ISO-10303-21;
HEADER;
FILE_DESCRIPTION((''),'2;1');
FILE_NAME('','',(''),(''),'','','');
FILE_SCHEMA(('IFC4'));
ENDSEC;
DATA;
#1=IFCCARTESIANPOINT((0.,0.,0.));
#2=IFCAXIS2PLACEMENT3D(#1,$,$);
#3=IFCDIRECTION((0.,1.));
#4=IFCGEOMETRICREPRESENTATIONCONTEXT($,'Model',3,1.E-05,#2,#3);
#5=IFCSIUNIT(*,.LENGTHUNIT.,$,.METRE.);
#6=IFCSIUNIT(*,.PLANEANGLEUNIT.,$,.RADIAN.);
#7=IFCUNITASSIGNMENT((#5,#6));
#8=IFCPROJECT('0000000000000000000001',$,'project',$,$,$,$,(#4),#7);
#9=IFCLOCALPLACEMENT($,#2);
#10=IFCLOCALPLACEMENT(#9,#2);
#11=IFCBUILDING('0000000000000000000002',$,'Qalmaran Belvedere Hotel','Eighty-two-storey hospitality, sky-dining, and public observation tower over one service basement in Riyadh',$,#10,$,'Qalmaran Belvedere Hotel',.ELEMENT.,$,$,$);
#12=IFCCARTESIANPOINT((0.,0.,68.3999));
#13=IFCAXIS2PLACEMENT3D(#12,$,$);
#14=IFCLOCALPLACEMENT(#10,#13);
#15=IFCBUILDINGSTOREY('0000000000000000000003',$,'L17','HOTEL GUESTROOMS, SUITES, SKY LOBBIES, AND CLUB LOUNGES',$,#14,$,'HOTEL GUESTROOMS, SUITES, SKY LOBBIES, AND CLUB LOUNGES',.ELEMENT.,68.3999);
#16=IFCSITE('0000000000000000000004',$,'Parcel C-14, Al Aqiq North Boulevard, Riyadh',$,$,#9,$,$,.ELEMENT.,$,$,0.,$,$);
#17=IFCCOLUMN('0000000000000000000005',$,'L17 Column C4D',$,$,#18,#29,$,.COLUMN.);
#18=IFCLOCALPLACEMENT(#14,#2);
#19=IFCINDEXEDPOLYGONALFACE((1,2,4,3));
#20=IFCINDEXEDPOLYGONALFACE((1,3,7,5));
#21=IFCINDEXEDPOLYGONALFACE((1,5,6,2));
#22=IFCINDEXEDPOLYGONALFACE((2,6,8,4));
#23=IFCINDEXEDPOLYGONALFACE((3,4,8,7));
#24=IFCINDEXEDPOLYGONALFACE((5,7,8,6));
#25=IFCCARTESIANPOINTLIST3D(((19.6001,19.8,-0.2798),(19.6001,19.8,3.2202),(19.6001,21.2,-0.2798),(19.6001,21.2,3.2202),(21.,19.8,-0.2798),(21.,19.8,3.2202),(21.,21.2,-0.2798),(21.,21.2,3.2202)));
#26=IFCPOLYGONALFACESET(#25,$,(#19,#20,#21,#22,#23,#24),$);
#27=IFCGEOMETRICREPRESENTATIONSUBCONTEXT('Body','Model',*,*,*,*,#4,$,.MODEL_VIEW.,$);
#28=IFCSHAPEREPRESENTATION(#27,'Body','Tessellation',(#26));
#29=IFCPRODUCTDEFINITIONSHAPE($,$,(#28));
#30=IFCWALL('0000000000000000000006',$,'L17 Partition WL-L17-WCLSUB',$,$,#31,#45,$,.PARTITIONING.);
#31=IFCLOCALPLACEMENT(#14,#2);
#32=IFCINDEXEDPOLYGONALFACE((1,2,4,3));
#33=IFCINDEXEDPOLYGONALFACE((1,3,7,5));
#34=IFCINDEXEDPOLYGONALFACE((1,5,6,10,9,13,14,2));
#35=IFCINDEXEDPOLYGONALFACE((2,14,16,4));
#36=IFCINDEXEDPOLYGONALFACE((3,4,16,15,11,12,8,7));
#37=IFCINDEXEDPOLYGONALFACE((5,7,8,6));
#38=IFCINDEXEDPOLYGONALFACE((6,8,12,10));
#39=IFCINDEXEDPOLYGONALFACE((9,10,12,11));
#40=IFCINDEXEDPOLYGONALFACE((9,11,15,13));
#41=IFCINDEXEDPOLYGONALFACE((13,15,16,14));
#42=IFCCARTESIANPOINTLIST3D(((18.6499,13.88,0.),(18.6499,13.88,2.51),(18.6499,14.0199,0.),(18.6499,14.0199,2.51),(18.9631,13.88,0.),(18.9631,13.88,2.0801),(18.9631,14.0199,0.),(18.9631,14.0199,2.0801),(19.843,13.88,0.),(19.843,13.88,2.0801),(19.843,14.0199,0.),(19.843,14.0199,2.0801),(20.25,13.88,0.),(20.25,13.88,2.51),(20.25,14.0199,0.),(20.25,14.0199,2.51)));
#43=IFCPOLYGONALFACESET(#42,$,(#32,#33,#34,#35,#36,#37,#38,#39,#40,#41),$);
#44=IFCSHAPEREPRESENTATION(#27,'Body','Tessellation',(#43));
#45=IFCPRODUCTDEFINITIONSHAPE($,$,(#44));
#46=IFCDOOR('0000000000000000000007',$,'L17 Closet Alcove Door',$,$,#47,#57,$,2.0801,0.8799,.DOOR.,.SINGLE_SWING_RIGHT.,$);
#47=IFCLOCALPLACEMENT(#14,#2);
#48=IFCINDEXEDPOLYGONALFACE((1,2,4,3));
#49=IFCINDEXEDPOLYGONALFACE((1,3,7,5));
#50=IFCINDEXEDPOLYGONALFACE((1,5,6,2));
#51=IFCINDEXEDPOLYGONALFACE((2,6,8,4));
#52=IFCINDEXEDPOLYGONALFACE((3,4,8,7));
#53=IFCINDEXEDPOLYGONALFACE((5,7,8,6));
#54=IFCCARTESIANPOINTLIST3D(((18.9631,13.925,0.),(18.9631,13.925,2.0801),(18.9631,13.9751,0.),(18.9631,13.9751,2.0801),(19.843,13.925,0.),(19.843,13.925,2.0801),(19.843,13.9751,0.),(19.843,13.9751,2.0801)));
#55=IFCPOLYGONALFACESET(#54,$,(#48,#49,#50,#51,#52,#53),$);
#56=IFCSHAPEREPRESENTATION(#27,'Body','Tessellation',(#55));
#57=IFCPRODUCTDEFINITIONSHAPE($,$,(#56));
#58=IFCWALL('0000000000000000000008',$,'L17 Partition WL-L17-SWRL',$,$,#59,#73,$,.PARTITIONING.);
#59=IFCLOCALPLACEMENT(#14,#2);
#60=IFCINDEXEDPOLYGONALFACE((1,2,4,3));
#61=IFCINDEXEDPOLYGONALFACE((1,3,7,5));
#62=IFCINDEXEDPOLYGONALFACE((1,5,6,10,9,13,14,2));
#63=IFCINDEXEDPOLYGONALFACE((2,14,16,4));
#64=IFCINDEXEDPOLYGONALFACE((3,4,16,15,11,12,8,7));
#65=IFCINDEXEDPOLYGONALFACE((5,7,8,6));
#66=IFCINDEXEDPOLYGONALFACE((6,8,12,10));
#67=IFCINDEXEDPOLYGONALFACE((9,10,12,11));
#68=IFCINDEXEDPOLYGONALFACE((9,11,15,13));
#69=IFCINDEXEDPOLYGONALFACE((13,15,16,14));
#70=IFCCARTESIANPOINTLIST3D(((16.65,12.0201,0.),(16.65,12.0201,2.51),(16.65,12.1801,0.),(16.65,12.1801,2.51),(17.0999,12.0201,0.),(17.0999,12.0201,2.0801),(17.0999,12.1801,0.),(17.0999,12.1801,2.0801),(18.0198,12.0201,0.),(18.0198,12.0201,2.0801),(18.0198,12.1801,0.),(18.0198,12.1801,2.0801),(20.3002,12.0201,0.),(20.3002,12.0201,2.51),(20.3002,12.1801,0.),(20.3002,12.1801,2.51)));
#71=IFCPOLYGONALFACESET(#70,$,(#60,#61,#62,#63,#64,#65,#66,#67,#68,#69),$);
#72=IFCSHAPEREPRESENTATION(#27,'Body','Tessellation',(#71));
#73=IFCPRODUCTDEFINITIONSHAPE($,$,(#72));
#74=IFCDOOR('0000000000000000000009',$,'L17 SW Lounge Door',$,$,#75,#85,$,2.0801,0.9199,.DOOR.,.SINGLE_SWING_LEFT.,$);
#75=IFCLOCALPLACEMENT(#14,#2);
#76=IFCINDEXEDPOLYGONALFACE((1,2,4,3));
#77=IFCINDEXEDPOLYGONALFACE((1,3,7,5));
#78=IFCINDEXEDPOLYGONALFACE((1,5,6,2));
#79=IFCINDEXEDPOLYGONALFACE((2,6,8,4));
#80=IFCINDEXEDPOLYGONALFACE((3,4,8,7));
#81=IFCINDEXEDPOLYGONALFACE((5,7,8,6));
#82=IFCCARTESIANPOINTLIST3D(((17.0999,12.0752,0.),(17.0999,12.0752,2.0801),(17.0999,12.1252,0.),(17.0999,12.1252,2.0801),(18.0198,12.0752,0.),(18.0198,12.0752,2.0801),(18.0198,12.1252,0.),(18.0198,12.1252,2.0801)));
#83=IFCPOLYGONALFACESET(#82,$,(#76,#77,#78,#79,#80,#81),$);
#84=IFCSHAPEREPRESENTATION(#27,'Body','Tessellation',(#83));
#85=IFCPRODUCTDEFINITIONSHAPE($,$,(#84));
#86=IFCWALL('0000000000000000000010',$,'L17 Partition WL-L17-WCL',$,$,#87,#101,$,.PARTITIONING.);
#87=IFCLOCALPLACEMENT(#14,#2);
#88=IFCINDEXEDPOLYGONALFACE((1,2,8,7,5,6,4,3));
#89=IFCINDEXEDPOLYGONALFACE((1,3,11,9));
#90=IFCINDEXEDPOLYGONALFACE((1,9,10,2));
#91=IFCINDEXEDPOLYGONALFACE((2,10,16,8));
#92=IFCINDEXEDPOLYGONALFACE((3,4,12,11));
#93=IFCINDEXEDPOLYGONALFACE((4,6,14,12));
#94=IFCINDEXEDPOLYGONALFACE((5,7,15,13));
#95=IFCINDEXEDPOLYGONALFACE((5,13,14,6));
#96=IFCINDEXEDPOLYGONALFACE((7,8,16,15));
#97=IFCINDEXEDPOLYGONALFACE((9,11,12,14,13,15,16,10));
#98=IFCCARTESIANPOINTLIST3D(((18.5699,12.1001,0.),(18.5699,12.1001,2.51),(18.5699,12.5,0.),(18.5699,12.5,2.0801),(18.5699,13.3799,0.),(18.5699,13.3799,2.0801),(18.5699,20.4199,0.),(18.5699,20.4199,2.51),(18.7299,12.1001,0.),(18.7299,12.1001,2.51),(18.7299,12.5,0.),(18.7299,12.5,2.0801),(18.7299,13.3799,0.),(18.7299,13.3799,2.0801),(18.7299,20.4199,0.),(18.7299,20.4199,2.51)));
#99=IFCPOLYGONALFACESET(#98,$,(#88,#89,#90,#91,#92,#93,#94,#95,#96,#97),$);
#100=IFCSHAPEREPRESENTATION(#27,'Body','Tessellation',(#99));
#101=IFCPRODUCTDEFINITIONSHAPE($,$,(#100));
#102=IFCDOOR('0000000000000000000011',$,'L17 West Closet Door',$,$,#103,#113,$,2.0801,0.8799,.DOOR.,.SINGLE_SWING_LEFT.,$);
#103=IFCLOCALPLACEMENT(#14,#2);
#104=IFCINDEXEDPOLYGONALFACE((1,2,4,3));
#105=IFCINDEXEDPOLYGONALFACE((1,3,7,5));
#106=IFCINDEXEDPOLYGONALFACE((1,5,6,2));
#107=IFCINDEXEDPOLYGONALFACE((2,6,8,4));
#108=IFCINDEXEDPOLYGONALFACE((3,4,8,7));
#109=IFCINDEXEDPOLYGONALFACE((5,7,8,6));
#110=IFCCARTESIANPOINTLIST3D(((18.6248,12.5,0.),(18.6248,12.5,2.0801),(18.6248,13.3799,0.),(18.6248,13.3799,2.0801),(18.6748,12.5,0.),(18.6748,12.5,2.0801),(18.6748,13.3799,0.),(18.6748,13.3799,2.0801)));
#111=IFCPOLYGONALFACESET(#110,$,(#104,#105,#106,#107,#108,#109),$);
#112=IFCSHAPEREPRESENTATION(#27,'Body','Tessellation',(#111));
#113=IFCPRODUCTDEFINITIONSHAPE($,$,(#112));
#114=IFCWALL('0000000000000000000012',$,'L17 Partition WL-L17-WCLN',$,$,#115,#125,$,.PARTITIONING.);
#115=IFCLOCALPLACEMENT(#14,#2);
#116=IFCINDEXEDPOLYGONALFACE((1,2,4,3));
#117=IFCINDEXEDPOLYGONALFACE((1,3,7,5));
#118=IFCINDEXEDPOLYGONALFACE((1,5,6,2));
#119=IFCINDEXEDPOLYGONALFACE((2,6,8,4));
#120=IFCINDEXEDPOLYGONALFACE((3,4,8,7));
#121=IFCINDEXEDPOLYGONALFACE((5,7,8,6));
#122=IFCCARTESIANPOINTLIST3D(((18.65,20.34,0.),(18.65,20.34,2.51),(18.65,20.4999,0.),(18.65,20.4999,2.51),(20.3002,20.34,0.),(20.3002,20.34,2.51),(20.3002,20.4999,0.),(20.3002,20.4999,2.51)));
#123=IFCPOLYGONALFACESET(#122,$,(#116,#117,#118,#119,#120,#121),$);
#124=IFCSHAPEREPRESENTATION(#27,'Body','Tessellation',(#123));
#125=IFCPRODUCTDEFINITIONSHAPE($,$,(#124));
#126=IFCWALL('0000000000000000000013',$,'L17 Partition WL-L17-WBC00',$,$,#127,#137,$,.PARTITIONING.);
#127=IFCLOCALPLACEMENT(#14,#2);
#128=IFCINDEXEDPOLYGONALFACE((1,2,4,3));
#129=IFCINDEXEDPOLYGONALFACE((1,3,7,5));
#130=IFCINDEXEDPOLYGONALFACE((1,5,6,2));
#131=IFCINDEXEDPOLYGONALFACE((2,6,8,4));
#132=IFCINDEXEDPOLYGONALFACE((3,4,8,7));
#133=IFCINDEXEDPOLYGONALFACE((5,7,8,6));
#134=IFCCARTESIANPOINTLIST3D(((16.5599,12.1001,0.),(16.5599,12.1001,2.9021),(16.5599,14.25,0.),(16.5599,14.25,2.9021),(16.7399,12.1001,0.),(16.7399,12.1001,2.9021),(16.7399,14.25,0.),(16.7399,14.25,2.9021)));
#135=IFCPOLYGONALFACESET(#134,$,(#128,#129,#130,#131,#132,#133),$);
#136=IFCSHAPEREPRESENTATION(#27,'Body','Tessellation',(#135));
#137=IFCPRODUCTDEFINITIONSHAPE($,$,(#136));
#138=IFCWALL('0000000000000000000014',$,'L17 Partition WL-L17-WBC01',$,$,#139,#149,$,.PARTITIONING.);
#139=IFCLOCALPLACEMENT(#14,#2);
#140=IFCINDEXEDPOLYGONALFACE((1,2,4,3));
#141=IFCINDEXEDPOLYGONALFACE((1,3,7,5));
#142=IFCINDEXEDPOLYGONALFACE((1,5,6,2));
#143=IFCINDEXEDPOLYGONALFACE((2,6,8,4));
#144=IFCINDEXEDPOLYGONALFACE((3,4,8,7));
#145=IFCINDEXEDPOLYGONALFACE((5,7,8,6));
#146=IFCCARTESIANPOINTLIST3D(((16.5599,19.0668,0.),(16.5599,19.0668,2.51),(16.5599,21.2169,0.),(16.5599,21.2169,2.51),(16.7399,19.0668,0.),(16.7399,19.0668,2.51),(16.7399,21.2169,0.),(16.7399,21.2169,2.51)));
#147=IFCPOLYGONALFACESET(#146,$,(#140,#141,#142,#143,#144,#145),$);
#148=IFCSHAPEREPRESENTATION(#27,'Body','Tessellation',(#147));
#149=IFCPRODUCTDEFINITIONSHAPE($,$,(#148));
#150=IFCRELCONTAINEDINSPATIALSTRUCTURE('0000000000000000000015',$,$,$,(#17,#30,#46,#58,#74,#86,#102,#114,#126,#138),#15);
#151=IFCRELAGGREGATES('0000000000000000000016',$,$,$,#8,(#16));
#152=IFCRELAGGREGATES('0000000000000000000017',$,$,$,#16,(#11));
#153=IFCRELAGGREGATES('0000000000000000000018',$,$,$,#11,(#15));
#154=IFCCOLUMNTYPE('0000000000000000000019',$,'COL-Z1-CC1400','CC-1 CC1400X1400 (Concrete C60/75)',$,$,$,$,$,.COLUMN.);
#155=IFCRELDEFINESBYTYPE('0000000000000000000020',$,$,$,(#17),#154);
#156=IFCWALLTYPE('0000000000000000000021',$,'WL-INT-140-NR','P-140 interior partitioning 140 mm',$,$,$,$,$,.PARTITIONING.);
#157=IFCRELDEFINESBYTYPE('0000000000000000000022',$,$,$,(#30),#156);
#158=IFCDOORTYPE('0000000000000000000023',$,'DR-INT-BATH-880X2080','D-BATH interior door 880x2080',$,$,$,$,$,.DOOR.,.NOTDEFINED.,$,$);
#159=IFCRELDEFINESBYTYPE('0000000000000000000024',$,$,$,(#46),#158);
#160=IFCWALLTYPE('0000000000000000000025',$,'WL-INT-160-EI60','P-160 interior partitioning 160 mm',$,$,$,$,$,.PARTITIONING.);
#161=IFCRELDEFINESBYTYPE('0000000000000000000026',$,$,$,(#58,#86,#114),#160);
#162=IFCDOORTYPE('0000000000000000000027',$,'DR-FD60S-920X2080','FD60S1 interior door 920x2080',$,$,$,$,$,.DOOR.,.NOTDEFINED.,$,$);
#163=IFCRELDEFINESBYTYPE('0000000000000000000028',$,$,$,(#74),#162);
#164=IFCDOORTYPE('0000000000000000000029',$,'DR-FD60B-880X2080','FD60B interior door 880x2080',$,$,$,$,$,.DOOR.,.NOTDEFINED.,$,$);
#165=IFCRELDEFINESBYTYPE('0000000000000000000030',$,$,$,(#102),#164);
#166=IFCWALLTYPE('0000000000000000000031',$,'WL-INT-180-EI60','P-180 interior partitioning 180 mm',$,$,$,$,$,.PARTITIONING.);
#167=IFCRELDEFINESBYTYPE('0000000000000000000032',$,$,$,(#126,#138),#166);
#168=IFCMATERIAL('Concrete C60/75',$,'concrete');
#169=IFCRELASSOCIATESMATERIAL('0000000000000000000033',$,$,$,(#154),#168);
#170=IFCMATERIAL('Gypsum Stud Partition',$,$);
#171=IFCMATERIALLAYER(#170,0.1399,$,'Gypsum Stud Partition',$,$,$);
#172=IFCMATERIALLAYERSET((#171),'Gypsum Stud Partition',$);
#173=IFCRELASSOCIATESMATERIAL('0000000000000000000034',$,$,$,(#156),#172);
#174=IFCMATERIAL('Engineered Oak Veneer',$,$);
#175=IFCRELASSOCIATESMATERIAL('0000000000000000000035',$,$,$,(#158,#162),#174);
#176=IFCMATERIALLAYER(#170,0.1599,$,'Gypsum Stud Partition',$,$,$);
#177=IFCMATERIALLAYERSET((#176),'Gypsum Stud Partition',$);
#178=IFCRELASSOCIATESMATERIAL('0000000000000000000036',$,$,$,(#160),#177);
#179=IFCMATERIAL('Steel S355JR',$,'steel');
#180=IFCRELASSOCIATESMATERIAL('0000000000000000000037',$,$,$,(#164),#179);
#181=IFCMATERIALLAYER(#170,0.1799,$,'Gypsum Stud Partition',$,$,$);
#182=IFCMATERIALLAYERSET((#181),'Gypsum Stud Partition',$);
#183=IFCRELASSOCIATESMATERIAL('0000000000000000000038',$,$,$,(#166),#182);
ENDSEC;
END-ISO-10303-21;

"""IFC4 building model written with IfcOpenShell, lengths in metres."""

from ifc_helpers import new_model, si_unit, direction, frame, frame_2d, origin, origin_2d, place, context, subcontext, project, spatial, rectangle, extrude, material, layer, layer_set, material_profile, profile_set, type_object, element, fill, save


model = new_model("IFC4")

# Units and contexts
model_context = context("Model", 3, precision=1e-05, world=origin(), true_north=direction((0.0, 1.0)))
body_context = subcontext(model_context, "Body", "Model", "MODEL_VIEW")
ifc_project = project(units=[si_unit("LENGTHUNIT", "METRE"), si_unit("PLANEANGLEUNIT", "RADIAN")], contexts=[model_context])

# Site, building, storey
site_placement = place(None, origin())
site = spatial("IfcSite", under=ifc_project, at=site_placement, Name="Parcel C-14, Al Aqiq North Boulevard, Riyadh", CompositionType="ELEMENT", RefElevation=0.0)
building_placement = place(site_placement, origin())
building = spatial("IfcBuilding", under=site, at=building_placement, Name="Qalmaran Belvedere Hotel", Description="Eighty-two-storey hospitality, sky-dining, and public observation tower over one service basement in Riyadh", LongName="Qalmaran Belvedere Hotel", CompositionType="ELEMENT")
storey_placement = place(building_placement, frame((0.0, 0.0, 68.3999)))
storey = spatial("IfcBuildingStorey", under=building, at=storey_placement, Name="L17", Description="HOTEL GUESTROOMS, SUITES, SKY LOBBIES, AND CLUB LOUNGES", LongName="HOTEL GUESTROOMS, SUITES, SKY LOBBIES, AND CLUB LOUNGES", CompositionType="ELEMENT", Elevation=68.3999)

# Column
ifc_material_1 = material(Name="Concrete C60/75", Category="concrete")
ifc_material_profile = material_profile(ifc_material_1, rectangle(XDim=1.3999, YDim=1.3999, at=origin_2d()), Name="CC1400X1400")
ifc_profile_set = profile_set([ifc_material_profile], Name="Concrete C60/75")
column_type = type_object("IfcColumnType", Name="COL-Z1-CC1400", Description="CC-1 CC1400X1400 (Concrete C60/75)", PredefinedType="COLUMN", material=ifc_profile_set)
column_placement = place(storey_placement, frame((20.3, 20.5, -0.2798), z_axis=(0.0, 0.0, 1.0), x_axis=(1.0, 0.0, 0.0)))
element("IfcColumn", 1, at=column_placement, inside=storey, type_object=column_type, Name="L17 Column C4D", PredefinedType="COLUMN", context=body_context, shape_type="SweptSolid", body=[
    extrude(rectangle(XDim=1.3999, YDim=1.3999, at=origin_2d()), origin(), (0.0, 0.0, 1.0), 3.5),
])

# Walls, openings, doors
ifc_material_2 = material(Name="Gypsum Stud Partition")
ifc_layer_1 = layer(ifc_material_2, 0.1399, Name="Gypsum Stud Partition")
ifc_layer_set_1 = layer_set([ifc_layer_1], Name="Gypsum Stud Partition")
wall_type_1 = type_object("IfcWallType", Name="WL-INT-140-NR", Description="P-140 interior partitioning 140 mm", PredefinedType="PARTITIONING", material=ifc_layer_set_1)
wall_1_placement = place(storey_placement, frame((18.6499, 13.95, 0.0), z_axis=(0.0, 0.0, 1.0), x_axis=(1.0, 0.0, 0.0)))
wall_1 = element("IfcWall", 2, at=wall_1_placement, inside=storey, type_object=wall_type_1, Name="L17 Partition WL-L17-WCLSUB", PredefinedType="PARTITIONING", context=body_context, shape_type="SweptSolid", body=[
    extrude(rectangle(XDim=1.6001, YDim=0.1399, at=frame_2d((0.8, 0.0))), origin(), (0.0, 0.0, 1.0), 2.51),
])
opening_1_placement = place(wall_1_placement, frame((1.1931, 0.0, 0.0), z_axis=(0.0, 0.0, 1.0), x_axis=(-1.0, 0.0, 0.0)))
opening_1 = element("IfcOpeningElement", 3, at=opening_1_placement, cuts=wall_1, PredefinedType="OPENING", context=body_context, shape_type="SweptSolid", body=[
    extrude(rectangle(XDim=0.8799, YDim=2.0801, at=frame_2d((0.4399, 1.04))), frame((0.0, 0.0801, 0.0), z_axis=(0.0, -1.0, 0.0), x_axis=(1.0, 0.0, 0.0)), (0.0, 0.0, 1.0), 0.1599),
])
ifc_material_3 = material(Name="Engineered Oak Veneer")
door_type_1 = type_object("IfcDoorType", Name="DR-INT-BATH-880X2080", Description="D-BATH interior door 880x2080", OperationType="NOTDEFINED", PredefinedType="DOOR", material=ifc_material_3)
door_1_placement = place(opening_1_placement, origin())
door_1 = element("IfcDoor", 4, at=door_1_placement, inside=storey, type_object=door_type_1, Name="L17 Closet Alcove Door", OperationType="SINGLE_SWING_RIGHT", OverallHeight=2.0801, OverallWidth=0.8799, PredefinedType="DOOR", context=body_context, shape_type="SweptSolid", body=[
    extrude(rectangle(XDim=0.8799, YDim=2.0801, at=frame_2d((0.4399, 1.04))), frame((0.0, 0.0249, 0.0), z_axis=(0.0, -1.0, 0.0), x_axis=(1.0, 0.0, 0.0)), (0.0, 0.0, 1.0), 0.05),
])
fill(opening_1, door_1)
ifc_layer_2 = layer(ifc_material_2, 0.1599, Name="Gypsum Stud Partition")
ifc_layer_set_2 = layer_set([ifc_layer_2], Name="Gypsum Stud Partition")
wall_type_2 = type_object("IfcWallType", Name="WL-INT-160-EI60", Description="P-160 interior partitioning 160 mm", PredefinedType="PARTITIONING", material=ifc_layer_set_2)
wall_2_placement = place(storey_placement, frame((16.6499, 12.1001, 0.0), z_axis=(0.0, 0.0, 1.0), x_axis=(1.0, 0.0, 0.0)))
wall_2 = element("IfcWall", 5, at=wall_2_placement, inside=storey, type_object=wall_type_2, Name="L17 Partition WL-L17-SWRL", PredefinedType="PARTITIONING", context=body_context, shape_type="SweptSolid", body=[
    extrude(rectangle(XDim=3.6501, YDim=0.1599, at=frame_2d((1.8252, 0.0))), origin(), (0.0, 0.0, 1.0), 2.51),
])
opening_2_placement = place(wall_2_placement, frame((1.3699, 0.0, 0.0), z_axis=(0.0, 0.0, 1.0), x_axis=(-1.0, 0.0, 0.0)))
opening_2 = element("IfcOpeningElement", 6, at=opening_2_placement, cuts=wall_2, PredefinedType="OPENING", context=body_context, shape_type="SweptSolid", body=[
    extrude(rectangle(XDim=0.9199, YDim=2.0801, at=frame_2d((0.46, 1.04))), frame((0.0, 0.0898, 0.0), z_axis=(0.0, -1.0, 0.0), x_axis=(1.0, 0.0, 0.0)), (0.0, 0.0, 1.0), 0.1799),
])
door_type_2 = type_object("IfcDoorType", Name="DR-FD60S-920X2080", Description="FD60S1 interior door 920x2080", OperationType="NOTDEFINED", PredefinedType="DOOR", material=ifc_material_3)
door_2_placement = place(opening_2_placement, origin())
door_2 = element("IfcDoor", 7, at=door_2_placement, inside=storey, type_object=door_type_2, Name="L17 SW Lounge Door", OperationType="SINGLE_SWING_LEFT", OverallHeight=2.0801, OverallWidth=0.9199, PredefinedType="DOOR", context=body_context, shape_type="SweptSolid", body=[
    extrude(rectangle(XDim=0.9199, YDim=2.0801, at=frame_2d((0.46, 1.04))), frame((0.0, 0.0249, 0.0), z_axis=(0.0, -1.0, 0.0), x_axis=(1.0, 0.0, 0.0)), (0.0, 0.0, 1.0), 0.05),
])
fill(opening_2, door_2)
wall_3_placement = place(storey_placement, frame((18.6499, 12.1001, 0.0), z_axis=(0.0, 0.0, 1.0), x_axis=(0.0, 1.0, 0.0)))
wall_3 = element("IfcWall", 8, at=wall_3_placement, inside=storey, type_object=wall_type_2, Name="L17 Partition WL-L17-WCL", PredefinedType="PARTITIONING", context=body_context, shape_type="SweptSolid", body=[
    extrude(rectangle(XDim=8.3198, YDim=0.1599, at=frame_2d((4.1599, 0.0))), origin(), (0.0, 0.0, 1.0), 2.51),
])
opening_3_placement = place(wall_3_placement, frame((1.2798, 0.0, 0.0), z_axis=(0.0, 0.0, 1.0), x_axis=(-1.0, 0.0, 0.0)))
opening_3 = element("IfcOpeningElement", 9, at=opening_3_placement, cuts=wall_3, PredefinedType="OPENING", context=body_context, shape_type="SweptSolid", body=[
    extrude(rectangle(XDim=0.8799, YDim=2.0801, at=frame_2d((0.4399, 1.04))), frame((0.0, 0.0898, 0.0), z_axis=(0.0, -1.0, 0.0), x_axis=(1.0, 0.0, 0.0)), (0.0, 0.0, 1.0), 0.1799),
])
ifc_material_4 = material(Name="Steel S355JR", Category="steel")
door_type_3 = type_object("IfcDoorType", Name="DR-FD60B-880X2080", Description="FD60B interior door 880x2080", OperationType="NOTDEFINED", PredefinedType="DOOR", material=ifc_material_4)
door_3_placement = place(opening_3_placement, origin())
door_3 = element("IfcDoor", 10, at=door_3_placement, inside=storey, type_object=door_type_3, Name="L17 West Closet Door", OperationType="SINGLE_SWING_LEFT", OverallHeight=2.0801, OverallWidth=0.8799, PredefinedType="DOOR", context=body_context, shape_type="SweptSolid", body=[
    extrude(rectangle(XDim=0.8799, YDim=2.0801, at=frame_2d((0.4399, 1.04))), frame((0.0, 0.0249, 0.0), z_axis=(0.0, -1.0, 0.0), x_axis=(1.0, 0.0, 0.0)), (0.0, 0.0, 1.0), 0.05),
])
fill(opening_3, door_3)

# Walls
wall_4_placement = place(storey_placement, frame((18.6499, 20.4199, 0.0), z_axis=(0.0, 0.0, 1.0), x_axis=(1.0, 0.0, 0.0)))
element("IfcWall", 11, at=wall_4_placement, inside=storey, type_object=wall_type_2, Name="L17 Partition WL-L17-WCLN", PredefinedType="PARTITIONING", context=body_context, shape_type="SweptSolid", body=[
    extrude(rectangle(XDim=1.6501, YDim=0.1599, at=frame_2d((0.8252, 0.0))), origin(), (0.0, 0.0, 1.0), 2.51),
])
ifc_layer_3 = layer(ifc_material_2, 0.1799, Name="Gypsum Stud Partition")
ifc_layer_set_3 = layer_set([ifc_layer_3], Name="Gypsum Stud Partition")
wall_type_3 = type_object("IfcWallType", Name="WL-INT-180-EI60", Description="P-180 interior partitioning 180 mm", PredefinedType="PARTITIONING", material=ifc_layer_set_3)
wall_5_placement = place(storey_placement, frame((16.6499, 12.1001, 0.0), z_axis=(0.0, 0.0, 1.0), x_axis=(0.0, 1.0, 0.0)))
element("IfcWall", 12, at=wall_5_placement, inside=storey, type_object=wall_type_3, Name="L17 Partition WL-L17-WBC00", PredefinedType="PARTITIONING", context=body_context, shape_type="SweptSolid", body=[
    extrude(rectangle(XDim=2.1499, YDim=0.1799, at=frame_2d((1.075, 0.0))), origin(), (0.0, 0.0, 1.0), 2.9021),
])

# Wall
wall_6_placement = place(storey_placement, frame((16.6499, 19.0667, 0.0), z_axis=(0.0, 0.0, 1.0), x_axis=(0.0, 1.0, 0.0)))
element("IfcWall", 13, at=wall_6_placement, inside=storey, type_object=wall_type_3, Name="L17 Partition WL-L17-WBC01", PredefinedType="PARTITIONING", context=body_context, shape_type="SweptSolid", body=[
    extrude(rectangle(XDim=2.1501, YDim=0.1799, at=frame_2d((1.0752, 0.0))), origin(), (0.0, 0.0, 1.0), 2.51),
])

save(model, "model.ifc")
